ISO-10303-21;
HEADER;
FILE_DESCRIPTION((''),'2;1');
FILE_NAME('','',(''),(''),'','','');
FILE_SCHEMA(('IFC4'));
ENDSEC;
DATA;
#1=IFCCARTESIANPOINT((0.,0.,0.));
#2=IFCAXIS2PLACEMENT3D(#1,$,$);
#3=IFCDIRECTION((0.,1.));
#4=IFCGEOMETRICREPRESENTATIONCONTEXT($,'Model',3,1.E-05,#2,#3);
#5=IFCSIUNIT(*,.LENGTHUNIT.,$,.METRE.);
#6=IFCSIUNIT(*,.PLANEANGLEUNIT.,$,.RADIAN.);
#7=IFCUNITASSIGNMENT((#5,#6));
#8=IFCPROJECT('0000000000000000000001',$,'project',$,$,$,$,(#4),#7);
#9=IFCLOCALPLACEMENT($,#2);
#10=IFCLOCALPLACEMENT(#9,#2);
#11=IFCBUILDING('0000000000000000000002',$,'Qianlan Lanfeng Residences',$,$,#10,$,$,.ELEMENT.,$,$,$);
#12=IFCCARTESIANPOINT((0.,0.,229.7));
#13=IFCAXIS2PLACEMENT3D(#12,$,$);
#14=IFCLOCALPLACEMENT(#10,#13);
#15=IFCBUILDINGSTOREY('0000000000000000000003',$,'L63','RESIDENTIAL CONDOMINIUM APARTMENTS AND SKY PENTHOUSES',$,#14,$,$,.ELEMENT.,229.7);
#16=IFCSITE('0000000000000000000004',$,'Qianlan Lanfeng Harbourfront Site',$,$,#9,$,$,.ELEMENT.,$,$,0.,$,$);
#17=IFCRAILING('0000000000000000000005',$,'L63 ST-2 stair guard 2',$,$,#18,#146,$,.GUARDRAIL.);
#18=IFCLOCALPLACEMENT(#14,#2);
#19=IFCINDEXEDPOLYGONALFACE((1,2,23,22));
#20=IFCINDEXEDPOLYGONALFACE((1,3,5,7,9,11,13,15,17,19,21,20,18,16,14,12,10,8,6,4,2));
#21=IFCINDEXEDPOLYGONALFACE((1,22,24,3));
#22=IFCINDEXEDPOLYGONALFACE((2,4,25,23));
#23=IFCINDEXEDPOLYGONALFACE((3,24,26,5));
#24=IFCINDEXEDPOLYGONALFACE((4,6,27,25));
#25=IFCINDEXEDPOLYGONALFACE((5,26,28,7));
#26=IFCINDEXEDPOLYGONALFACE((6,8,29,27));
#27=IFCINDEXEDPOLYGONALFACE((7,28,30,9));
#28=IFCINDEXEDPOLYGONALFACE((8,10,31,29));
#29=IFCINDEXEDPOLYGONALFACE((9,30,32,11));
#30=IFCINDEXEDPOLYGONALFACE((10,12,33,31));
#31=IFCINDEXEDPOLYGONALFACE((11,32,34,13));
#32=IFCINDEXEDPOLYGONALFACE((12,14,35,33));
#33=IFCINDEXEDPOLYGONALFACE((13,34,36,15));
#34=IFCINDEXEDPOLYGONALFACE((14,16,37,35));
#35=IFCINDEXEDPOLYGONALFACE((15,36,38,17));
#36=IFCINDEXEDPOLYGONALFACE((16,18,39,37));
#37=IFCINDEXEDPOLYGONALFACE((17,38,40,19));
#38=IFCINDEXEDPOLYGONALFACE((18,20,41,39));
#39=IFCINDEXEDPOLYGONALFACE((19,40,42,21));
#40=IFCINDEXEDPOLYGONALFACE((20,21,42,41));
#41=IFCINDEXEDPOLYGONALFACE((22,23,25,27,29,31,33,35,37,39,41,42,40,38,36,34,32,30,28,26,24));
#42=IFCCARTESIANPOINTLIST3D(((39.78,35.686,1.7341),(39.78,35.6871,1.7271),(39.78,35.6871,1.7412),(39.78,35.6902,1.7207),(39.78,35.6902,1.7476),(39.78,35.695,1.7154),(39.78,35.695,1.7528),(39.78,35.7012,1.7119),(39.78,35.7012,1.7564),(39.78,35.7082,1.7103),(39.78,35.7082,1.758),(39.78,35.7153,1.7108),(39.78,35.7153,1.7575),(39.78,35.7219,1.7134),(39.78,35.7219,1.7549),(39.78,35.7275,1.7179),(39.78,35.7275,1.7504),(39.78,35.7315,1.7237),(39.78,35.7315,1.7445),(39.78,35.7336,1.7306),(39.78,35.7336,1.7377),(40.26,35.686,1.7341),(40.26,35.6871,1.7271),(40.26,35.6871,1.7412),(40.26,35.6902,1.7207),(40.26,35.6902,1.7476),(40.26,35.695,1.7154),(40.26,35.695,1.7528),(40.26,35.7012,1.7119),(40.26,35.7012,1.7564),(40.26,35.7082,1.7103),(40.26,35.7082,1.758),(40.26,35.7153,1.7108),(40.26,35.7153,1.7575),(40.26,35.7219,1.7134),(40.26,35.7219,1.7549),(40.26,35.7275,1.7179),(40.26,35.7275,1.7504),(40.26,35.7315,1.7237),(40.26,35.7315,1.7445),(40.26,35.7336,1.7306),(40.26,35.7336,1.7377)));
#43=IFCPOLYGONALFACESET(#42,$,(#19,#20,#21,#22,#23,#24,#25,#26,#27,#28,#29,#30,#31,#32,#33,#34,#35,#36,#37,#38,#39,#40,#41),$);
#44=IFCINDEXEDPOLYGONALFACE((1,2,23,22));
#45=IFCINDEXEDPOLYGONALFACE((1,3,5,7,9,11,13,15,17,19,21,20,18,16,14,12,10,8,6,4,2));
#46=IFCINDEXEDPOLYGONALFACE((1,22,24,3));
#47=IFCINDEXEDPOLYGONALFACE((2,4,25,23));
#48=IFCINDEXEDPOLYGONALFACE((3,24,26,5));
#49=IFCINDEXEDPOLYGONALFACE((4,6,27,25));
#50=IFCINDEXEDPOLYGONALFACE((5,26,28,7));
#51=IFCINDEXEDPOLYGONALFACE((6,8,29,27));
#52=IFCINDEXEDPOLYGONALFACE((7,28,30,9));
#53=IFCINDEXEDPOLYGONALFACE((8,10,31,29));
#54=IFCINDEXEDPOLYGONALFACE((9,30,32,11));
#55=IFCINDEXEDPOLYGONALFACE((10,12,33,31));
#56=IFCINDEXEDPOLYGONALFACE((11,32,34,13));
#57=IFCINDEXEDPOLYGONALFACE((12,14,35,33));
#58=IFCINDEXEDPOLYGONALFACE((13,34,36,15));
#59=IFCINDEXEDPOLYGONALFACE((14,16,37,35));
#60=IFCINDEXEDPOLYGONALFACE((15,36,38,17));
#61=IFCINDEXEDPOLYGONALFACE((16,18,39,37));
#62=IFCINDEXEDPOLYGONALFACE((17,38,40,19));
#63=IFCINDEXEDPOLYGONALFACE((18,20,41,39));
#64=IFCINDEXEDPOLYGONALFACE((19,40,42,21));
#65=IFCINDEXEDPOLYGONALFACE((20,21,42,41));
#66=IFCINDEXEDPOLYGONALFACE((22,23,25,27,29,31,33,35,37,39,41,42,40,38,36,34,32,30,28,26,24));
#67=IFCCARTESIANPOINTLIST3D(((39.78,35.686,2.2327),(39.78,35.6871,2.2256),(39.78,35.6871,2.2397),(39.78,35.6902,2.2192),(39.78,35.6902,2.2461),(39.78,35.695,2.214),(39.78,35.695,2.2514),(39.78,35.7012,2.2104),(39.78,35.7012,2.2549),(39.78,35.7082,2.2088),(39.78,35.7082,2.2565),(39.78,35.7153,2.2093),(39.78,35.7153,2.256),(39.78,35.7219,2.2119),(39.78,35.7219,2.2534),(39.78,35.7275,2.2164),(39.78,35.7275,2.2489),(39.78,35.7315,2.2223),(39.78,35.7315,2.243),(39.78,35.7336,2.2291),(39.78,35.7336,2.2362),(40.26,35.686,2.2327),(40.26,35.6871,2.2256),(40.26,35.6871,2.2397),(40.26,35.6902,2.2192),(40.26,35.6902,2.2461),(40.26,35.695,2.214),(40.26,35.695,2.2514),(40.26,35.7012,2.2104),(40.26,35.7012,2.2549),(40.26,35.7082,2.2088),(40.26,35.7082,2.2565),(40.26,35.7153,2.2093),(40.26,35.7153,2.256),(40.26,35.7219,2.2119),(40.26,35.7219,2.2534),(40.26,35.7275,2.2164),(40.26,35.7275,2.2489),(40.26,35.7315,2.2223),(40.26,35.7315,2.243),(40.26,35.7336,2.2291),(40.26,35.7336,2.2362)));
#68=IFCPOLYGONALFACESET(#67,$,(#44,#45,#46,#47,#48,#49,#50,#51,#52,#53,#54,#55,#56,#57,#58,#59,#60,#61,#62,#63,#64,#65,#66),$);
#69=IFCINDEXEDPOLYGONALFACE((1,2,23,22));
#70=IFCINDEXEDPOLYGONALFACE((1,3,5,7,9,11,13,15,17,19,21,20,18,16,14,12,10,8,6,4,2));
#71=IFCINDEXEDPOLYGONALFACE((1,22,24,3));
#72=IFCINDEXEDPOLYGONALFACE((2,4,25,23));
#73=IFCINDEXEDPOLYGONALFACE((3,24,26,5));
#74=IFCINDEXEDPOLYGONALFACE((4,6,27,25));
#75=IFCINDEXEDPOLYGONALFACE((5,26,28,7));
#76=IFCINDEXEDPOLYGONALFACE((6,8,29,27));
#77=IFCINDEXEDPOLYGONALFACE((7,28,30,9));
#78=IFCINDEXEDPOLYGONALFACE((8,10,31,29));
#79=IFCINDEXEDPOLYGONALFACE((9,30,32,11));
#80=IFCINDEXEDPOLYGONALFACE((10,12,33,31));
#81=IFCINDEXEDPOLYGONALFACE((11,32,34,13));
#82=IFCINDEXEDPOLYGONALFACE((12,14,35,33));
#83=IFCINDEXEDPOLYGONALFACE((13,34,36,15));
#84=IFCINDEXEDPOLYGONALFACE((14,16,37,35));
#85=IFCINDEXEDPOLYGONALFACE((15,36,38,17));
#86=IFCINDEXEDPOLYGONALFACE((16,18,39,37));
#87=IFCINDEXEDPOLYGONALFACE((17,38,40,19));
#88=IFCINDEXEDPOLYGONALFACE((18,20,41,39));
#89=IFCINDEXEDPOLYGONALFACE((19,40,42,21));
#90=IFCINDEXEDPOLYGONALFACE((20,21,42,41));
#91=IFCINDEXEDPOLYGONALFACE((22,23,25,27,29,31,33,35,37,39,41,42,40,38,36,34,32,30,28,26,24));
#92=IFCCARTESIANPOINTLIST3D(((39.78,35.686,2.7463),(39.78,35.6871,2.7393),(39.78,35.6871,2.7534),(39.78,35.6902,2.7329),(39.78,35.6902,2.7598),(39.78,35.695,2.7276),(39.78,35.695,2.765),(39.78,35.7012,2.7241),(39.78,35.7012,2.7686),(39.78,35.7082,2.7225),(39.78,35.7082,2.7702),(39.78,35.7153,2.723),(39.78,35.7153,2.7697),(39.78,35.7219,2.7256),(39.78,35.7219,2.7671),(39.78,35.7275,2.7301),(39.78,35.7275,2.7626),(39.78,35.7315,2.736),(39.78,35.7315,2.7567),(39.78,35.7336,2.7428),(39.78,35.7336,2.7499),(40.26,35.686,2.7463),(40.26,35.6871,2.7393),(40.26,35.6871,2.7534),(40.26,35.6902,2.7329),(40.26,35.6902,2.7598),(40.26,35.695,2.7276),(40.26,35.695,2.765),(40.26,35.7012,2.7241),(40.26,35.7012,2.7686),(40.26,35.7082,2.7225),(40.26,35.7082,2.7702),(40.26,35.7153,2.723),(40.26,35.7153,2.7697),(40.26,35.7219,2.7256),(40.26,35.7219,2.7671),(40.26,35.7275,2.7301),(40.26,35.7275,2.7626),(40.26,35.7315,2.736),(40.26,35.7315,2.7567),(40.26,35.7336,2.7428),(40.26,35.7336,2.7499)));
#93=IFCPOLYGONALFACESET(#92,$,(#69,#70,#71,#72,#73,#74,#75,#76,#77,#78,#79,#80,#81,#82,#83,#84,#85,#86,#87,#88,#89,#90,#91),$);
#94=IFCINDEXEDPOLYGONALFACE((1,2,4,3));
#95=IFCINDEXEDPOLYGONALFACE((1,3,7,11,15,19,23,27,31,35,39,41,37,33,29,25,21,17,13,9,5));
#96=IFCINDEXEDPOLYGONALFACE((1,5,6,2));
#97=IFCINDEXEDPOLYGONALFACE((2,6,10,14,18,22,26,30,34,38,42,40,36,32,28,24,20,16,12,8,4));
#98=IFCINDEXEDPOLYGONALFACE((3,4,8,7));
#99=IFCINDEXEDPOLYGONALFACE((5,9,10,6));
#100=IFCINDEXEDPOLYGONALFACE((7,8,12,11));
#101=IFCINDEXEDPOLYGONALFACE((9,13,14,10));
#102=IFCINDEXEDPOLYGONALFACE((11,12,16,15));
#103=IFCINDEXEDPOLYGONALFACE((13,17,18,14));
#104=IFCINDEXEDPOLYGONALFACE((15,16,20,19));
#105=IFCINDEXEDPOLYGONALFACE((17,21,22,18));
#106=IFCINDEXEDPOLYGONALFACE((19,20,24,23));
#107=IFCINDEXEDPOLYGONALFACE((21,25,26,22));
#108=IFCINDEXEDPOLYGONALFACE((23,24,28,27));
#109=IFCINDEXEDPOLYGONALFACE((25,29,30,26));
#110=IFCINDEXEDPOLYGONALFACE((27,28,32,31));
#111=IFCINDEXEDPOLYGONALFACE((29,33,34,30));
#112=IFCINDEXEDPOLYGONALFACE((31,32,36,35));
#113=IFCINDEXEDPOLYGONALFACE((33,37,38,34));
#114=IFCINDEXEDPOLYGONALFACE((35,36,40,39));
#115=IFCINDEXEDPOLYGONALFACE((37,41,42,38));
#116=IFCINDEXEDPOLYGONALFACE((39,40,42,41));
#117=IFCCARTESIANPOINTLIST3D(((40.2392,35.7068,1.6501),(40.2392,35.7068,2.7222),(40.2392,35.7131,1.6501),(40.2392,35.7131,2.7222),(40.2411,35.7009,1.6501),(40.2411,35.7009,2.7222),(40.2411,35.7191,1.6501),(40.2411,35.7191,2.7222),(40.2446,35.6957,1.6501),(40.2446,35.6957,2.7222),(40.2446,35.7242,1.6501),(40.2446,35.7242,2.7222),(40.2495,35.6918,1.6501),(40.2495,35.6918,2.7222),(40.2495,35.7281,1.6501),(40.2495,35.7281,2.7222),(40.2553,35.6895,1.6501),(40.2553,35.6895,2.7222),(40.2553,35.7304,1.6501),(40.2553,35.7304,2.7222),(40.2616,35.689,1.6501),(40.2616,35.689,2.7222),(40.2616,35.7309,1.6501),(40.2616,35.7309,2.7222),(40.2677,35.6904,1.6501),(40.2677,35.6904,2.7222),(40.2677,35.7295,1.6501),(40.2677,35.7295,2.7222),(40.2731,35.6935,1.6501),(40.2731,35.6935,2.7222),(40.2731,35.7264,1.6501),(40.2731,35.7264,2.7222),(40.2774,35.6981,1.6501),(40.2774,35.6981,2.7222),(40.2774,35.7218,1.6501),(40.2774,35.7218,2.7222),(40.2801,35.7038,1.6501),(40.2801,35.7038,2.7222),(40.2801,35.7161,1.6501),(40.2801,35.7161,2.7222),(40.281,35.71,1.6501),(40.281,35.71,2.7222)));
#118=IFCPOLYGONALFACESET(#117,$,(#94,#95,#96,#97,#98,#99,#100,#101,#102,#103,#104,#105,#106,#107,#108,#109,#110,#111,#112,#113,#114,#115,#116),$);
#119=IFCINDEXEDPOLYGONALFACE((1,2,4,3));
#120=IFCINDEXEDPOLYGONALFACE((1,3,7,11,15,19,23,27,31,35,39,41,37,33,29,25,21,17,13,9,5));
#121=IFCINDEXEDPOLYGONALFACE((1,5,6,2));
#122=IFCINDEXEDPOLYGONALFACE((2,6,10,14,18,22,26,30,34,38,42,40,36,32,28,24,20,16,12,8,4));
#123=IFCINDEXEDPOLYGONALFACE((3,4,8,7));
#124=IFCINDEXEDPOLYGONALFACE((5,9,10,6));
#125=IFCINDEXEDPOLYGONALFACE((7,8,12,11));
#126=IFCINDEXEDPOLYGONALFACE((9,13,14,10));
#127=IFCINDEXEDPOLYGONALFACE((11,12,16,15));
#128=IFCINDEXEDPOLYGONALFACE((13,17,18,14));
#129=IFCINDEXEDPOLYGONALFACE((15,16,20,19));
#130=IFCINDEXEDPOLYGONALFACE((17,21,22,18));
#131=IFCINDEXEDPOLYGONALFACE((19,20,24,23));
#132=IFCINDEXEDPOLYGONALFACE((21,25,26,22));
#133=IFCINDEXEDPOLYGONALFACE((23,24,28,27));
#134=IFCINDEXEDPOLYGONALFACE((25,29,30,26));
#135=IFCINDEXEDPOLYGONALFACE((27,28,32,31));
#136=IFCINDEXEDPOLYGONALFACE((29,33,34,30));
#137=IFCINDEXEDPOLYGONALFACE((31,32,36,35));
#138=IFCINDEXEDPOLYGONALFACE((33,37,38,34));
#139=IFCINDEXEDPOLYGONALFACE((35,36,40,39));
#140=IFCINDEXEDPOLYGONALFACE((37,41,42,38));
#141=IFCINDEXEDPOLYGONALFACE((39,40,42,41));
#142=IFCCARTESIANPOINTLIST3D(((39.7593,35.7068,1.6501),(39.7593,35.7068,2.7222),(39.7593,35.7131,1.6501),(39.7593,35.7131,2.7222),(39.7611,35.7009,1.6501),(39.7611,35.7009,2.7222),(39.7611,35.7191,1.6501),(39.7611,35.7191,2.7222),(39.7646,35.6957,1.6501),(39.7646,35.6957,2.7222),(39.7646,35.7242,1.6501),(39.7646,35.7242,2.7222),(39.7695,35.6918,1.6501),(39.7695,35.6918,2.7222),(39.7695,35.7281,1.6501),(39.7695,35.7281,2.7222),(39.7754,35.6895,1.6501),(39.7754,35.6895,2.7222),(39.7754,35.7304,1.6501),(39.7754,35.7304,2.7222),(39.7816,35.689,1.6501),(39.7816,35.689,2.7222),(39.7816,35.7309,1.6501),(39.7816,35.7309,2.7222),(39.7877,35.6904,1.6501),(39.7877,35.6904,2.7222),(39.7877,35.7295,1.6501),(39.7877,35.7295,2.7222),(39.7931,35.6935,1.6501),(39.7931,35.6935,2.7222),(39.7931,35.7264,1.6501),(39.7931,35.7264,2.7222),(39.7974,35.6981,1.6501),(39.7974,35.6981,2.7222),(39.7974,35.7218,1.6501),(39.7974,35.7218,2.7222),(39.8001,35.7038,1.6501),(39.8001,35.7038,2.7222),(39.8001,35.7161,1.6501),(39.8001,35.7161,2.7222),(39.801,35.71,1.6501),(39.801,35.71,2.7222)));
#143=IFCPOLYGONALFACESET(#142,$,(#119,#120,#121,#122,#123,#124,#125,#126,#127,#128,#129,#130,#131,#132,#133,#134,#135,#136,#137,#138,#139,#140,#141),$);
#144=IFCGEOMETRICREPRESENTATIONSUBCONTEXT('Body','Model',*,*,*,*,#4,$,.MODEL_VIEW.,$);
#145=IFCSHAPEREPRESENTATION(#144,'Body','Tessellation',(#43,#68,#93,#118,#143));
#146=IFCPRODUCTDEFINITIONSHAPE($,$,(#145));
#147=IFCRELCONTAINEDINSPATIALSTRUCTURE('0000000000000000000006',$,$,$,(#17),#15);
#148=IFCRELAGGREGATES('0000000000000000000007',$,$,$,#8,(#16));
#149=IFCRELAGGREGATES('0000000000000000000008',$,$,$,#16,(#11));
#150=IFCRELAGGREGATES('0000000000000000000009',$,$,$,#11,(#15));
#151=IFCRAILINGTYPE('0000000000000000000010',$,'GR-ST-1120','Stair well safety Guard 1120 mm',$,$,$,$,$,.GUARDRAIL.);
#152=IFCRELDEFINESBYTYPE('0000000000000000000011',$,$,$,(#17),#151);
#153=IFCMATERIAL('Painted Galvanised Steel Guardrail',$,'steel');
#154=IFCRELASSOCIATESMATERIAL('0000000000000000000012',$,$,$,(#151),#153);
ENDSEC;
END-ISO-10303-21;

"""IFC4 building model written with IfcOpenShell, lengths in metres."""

from ifc_helpers import new_model, si_unit, direction, frame, origin, origin_2d, place, context, subcontext, project, spatial, circle, extrude, material, type_object, element, save


model = new_model("IFC4")

# Units and contexts
model_context = context("Model", 3, precision=1e-05, world=origin(), true_north=direction((0.0, 1.0)))
body_context = subcontext(model_context, "Body", "Model", "MODEL_VIEW")
ifc_project = project(units=[si_unit("LENGTHUNIT", "METRE"), si_unit("PLANEANGLEUNIT", "RADIAN")], contexts=[model_context])

# Site, building, storey
site_placement = place(None, origin())
site = spatial("IfcSite", under=ifc_project, at=site_placement, Name="Qianlan Lanfeng Harbourfront Site", CompositionType="ELEMENT", RefElevation=0.0)
building_placement = place(site_placement, origin())
building = spatial("IfcBuilding", under=site, at=building_placement, Name="Qianlan Lanfeng Residences", CompositionType="ELEMENT")
storey_placement = place(building_placement, frame((0.0, 0.0, 229.7)))
storey = spatial("IfcBuildingStorey", under=building, at=storey_placement, Name="L63", Description="RESIDENTIAL CONDOMINIUM APARTMENTS AND SKY PENTHOUSES", CompositionType="ELEMENT", Elevation=229.7)

# Railing
ifc_material_1 = material(Name="Painted Galvanised Steel Guardrail", Category="steel")
railing_type_1 = type_object("IfcRailingType", Name="GR-ST-1120", Description="Stair well safety Guard 1120 mm", PredefinedType="GUARDRAIL", material=ifc_material_1)
railing_1_placement = place(storey_placement, frame((40.26, 35.71, 1.6501)))
element("IfcRailing", 1, at=railing_1_placement, inside=storey, type_object=railing_type_1, Name="L63 ST-2 stair guard 2", PredefinedType="GUARDRAIL", context=body_context, shape_type="SweptSolid", body=[
    extrude(circle(Radius=0.0239, at=origin_2d()), frame((0.0, 0.0, 0.084), z_axis=(-1.0, 0.0, 0.0), x_axis=(0.0, -1.0, 0.0)), (0.0, 0.0, 1.0), 0.48),
    extrude(circle(Radius=0.0239, at=origin_2d()), frame((0.0, 0.0, 0.5825), z_axis=(-1.0, 0.0, 0.0), x_axis=(0.0, -1.0, 0.0)), (0.0, 0.0, 1.0), 0.48),
    extrude(circle(Radius=0.0239, at=origin_2d()), frame((0.0, 0.0, 1.0962), z_axis=(-1.0, 0.0, 0.0), x_axis=(0.0, -1.0, 0.0)), (0.0, 0.0, 1.0), 0.48),
    extrude(circle(Radius=0.021, at=origin_2d()), origin(), (0.0, 0.0, 1.0), 1.072),
    extrude(circle(Radius=0.021, at=origin_2d()), frame((-0.48, 0.0, 0.0)), (0.0, 0.0, 1.0), 1.072),
])

save(model, "model.ifc")
